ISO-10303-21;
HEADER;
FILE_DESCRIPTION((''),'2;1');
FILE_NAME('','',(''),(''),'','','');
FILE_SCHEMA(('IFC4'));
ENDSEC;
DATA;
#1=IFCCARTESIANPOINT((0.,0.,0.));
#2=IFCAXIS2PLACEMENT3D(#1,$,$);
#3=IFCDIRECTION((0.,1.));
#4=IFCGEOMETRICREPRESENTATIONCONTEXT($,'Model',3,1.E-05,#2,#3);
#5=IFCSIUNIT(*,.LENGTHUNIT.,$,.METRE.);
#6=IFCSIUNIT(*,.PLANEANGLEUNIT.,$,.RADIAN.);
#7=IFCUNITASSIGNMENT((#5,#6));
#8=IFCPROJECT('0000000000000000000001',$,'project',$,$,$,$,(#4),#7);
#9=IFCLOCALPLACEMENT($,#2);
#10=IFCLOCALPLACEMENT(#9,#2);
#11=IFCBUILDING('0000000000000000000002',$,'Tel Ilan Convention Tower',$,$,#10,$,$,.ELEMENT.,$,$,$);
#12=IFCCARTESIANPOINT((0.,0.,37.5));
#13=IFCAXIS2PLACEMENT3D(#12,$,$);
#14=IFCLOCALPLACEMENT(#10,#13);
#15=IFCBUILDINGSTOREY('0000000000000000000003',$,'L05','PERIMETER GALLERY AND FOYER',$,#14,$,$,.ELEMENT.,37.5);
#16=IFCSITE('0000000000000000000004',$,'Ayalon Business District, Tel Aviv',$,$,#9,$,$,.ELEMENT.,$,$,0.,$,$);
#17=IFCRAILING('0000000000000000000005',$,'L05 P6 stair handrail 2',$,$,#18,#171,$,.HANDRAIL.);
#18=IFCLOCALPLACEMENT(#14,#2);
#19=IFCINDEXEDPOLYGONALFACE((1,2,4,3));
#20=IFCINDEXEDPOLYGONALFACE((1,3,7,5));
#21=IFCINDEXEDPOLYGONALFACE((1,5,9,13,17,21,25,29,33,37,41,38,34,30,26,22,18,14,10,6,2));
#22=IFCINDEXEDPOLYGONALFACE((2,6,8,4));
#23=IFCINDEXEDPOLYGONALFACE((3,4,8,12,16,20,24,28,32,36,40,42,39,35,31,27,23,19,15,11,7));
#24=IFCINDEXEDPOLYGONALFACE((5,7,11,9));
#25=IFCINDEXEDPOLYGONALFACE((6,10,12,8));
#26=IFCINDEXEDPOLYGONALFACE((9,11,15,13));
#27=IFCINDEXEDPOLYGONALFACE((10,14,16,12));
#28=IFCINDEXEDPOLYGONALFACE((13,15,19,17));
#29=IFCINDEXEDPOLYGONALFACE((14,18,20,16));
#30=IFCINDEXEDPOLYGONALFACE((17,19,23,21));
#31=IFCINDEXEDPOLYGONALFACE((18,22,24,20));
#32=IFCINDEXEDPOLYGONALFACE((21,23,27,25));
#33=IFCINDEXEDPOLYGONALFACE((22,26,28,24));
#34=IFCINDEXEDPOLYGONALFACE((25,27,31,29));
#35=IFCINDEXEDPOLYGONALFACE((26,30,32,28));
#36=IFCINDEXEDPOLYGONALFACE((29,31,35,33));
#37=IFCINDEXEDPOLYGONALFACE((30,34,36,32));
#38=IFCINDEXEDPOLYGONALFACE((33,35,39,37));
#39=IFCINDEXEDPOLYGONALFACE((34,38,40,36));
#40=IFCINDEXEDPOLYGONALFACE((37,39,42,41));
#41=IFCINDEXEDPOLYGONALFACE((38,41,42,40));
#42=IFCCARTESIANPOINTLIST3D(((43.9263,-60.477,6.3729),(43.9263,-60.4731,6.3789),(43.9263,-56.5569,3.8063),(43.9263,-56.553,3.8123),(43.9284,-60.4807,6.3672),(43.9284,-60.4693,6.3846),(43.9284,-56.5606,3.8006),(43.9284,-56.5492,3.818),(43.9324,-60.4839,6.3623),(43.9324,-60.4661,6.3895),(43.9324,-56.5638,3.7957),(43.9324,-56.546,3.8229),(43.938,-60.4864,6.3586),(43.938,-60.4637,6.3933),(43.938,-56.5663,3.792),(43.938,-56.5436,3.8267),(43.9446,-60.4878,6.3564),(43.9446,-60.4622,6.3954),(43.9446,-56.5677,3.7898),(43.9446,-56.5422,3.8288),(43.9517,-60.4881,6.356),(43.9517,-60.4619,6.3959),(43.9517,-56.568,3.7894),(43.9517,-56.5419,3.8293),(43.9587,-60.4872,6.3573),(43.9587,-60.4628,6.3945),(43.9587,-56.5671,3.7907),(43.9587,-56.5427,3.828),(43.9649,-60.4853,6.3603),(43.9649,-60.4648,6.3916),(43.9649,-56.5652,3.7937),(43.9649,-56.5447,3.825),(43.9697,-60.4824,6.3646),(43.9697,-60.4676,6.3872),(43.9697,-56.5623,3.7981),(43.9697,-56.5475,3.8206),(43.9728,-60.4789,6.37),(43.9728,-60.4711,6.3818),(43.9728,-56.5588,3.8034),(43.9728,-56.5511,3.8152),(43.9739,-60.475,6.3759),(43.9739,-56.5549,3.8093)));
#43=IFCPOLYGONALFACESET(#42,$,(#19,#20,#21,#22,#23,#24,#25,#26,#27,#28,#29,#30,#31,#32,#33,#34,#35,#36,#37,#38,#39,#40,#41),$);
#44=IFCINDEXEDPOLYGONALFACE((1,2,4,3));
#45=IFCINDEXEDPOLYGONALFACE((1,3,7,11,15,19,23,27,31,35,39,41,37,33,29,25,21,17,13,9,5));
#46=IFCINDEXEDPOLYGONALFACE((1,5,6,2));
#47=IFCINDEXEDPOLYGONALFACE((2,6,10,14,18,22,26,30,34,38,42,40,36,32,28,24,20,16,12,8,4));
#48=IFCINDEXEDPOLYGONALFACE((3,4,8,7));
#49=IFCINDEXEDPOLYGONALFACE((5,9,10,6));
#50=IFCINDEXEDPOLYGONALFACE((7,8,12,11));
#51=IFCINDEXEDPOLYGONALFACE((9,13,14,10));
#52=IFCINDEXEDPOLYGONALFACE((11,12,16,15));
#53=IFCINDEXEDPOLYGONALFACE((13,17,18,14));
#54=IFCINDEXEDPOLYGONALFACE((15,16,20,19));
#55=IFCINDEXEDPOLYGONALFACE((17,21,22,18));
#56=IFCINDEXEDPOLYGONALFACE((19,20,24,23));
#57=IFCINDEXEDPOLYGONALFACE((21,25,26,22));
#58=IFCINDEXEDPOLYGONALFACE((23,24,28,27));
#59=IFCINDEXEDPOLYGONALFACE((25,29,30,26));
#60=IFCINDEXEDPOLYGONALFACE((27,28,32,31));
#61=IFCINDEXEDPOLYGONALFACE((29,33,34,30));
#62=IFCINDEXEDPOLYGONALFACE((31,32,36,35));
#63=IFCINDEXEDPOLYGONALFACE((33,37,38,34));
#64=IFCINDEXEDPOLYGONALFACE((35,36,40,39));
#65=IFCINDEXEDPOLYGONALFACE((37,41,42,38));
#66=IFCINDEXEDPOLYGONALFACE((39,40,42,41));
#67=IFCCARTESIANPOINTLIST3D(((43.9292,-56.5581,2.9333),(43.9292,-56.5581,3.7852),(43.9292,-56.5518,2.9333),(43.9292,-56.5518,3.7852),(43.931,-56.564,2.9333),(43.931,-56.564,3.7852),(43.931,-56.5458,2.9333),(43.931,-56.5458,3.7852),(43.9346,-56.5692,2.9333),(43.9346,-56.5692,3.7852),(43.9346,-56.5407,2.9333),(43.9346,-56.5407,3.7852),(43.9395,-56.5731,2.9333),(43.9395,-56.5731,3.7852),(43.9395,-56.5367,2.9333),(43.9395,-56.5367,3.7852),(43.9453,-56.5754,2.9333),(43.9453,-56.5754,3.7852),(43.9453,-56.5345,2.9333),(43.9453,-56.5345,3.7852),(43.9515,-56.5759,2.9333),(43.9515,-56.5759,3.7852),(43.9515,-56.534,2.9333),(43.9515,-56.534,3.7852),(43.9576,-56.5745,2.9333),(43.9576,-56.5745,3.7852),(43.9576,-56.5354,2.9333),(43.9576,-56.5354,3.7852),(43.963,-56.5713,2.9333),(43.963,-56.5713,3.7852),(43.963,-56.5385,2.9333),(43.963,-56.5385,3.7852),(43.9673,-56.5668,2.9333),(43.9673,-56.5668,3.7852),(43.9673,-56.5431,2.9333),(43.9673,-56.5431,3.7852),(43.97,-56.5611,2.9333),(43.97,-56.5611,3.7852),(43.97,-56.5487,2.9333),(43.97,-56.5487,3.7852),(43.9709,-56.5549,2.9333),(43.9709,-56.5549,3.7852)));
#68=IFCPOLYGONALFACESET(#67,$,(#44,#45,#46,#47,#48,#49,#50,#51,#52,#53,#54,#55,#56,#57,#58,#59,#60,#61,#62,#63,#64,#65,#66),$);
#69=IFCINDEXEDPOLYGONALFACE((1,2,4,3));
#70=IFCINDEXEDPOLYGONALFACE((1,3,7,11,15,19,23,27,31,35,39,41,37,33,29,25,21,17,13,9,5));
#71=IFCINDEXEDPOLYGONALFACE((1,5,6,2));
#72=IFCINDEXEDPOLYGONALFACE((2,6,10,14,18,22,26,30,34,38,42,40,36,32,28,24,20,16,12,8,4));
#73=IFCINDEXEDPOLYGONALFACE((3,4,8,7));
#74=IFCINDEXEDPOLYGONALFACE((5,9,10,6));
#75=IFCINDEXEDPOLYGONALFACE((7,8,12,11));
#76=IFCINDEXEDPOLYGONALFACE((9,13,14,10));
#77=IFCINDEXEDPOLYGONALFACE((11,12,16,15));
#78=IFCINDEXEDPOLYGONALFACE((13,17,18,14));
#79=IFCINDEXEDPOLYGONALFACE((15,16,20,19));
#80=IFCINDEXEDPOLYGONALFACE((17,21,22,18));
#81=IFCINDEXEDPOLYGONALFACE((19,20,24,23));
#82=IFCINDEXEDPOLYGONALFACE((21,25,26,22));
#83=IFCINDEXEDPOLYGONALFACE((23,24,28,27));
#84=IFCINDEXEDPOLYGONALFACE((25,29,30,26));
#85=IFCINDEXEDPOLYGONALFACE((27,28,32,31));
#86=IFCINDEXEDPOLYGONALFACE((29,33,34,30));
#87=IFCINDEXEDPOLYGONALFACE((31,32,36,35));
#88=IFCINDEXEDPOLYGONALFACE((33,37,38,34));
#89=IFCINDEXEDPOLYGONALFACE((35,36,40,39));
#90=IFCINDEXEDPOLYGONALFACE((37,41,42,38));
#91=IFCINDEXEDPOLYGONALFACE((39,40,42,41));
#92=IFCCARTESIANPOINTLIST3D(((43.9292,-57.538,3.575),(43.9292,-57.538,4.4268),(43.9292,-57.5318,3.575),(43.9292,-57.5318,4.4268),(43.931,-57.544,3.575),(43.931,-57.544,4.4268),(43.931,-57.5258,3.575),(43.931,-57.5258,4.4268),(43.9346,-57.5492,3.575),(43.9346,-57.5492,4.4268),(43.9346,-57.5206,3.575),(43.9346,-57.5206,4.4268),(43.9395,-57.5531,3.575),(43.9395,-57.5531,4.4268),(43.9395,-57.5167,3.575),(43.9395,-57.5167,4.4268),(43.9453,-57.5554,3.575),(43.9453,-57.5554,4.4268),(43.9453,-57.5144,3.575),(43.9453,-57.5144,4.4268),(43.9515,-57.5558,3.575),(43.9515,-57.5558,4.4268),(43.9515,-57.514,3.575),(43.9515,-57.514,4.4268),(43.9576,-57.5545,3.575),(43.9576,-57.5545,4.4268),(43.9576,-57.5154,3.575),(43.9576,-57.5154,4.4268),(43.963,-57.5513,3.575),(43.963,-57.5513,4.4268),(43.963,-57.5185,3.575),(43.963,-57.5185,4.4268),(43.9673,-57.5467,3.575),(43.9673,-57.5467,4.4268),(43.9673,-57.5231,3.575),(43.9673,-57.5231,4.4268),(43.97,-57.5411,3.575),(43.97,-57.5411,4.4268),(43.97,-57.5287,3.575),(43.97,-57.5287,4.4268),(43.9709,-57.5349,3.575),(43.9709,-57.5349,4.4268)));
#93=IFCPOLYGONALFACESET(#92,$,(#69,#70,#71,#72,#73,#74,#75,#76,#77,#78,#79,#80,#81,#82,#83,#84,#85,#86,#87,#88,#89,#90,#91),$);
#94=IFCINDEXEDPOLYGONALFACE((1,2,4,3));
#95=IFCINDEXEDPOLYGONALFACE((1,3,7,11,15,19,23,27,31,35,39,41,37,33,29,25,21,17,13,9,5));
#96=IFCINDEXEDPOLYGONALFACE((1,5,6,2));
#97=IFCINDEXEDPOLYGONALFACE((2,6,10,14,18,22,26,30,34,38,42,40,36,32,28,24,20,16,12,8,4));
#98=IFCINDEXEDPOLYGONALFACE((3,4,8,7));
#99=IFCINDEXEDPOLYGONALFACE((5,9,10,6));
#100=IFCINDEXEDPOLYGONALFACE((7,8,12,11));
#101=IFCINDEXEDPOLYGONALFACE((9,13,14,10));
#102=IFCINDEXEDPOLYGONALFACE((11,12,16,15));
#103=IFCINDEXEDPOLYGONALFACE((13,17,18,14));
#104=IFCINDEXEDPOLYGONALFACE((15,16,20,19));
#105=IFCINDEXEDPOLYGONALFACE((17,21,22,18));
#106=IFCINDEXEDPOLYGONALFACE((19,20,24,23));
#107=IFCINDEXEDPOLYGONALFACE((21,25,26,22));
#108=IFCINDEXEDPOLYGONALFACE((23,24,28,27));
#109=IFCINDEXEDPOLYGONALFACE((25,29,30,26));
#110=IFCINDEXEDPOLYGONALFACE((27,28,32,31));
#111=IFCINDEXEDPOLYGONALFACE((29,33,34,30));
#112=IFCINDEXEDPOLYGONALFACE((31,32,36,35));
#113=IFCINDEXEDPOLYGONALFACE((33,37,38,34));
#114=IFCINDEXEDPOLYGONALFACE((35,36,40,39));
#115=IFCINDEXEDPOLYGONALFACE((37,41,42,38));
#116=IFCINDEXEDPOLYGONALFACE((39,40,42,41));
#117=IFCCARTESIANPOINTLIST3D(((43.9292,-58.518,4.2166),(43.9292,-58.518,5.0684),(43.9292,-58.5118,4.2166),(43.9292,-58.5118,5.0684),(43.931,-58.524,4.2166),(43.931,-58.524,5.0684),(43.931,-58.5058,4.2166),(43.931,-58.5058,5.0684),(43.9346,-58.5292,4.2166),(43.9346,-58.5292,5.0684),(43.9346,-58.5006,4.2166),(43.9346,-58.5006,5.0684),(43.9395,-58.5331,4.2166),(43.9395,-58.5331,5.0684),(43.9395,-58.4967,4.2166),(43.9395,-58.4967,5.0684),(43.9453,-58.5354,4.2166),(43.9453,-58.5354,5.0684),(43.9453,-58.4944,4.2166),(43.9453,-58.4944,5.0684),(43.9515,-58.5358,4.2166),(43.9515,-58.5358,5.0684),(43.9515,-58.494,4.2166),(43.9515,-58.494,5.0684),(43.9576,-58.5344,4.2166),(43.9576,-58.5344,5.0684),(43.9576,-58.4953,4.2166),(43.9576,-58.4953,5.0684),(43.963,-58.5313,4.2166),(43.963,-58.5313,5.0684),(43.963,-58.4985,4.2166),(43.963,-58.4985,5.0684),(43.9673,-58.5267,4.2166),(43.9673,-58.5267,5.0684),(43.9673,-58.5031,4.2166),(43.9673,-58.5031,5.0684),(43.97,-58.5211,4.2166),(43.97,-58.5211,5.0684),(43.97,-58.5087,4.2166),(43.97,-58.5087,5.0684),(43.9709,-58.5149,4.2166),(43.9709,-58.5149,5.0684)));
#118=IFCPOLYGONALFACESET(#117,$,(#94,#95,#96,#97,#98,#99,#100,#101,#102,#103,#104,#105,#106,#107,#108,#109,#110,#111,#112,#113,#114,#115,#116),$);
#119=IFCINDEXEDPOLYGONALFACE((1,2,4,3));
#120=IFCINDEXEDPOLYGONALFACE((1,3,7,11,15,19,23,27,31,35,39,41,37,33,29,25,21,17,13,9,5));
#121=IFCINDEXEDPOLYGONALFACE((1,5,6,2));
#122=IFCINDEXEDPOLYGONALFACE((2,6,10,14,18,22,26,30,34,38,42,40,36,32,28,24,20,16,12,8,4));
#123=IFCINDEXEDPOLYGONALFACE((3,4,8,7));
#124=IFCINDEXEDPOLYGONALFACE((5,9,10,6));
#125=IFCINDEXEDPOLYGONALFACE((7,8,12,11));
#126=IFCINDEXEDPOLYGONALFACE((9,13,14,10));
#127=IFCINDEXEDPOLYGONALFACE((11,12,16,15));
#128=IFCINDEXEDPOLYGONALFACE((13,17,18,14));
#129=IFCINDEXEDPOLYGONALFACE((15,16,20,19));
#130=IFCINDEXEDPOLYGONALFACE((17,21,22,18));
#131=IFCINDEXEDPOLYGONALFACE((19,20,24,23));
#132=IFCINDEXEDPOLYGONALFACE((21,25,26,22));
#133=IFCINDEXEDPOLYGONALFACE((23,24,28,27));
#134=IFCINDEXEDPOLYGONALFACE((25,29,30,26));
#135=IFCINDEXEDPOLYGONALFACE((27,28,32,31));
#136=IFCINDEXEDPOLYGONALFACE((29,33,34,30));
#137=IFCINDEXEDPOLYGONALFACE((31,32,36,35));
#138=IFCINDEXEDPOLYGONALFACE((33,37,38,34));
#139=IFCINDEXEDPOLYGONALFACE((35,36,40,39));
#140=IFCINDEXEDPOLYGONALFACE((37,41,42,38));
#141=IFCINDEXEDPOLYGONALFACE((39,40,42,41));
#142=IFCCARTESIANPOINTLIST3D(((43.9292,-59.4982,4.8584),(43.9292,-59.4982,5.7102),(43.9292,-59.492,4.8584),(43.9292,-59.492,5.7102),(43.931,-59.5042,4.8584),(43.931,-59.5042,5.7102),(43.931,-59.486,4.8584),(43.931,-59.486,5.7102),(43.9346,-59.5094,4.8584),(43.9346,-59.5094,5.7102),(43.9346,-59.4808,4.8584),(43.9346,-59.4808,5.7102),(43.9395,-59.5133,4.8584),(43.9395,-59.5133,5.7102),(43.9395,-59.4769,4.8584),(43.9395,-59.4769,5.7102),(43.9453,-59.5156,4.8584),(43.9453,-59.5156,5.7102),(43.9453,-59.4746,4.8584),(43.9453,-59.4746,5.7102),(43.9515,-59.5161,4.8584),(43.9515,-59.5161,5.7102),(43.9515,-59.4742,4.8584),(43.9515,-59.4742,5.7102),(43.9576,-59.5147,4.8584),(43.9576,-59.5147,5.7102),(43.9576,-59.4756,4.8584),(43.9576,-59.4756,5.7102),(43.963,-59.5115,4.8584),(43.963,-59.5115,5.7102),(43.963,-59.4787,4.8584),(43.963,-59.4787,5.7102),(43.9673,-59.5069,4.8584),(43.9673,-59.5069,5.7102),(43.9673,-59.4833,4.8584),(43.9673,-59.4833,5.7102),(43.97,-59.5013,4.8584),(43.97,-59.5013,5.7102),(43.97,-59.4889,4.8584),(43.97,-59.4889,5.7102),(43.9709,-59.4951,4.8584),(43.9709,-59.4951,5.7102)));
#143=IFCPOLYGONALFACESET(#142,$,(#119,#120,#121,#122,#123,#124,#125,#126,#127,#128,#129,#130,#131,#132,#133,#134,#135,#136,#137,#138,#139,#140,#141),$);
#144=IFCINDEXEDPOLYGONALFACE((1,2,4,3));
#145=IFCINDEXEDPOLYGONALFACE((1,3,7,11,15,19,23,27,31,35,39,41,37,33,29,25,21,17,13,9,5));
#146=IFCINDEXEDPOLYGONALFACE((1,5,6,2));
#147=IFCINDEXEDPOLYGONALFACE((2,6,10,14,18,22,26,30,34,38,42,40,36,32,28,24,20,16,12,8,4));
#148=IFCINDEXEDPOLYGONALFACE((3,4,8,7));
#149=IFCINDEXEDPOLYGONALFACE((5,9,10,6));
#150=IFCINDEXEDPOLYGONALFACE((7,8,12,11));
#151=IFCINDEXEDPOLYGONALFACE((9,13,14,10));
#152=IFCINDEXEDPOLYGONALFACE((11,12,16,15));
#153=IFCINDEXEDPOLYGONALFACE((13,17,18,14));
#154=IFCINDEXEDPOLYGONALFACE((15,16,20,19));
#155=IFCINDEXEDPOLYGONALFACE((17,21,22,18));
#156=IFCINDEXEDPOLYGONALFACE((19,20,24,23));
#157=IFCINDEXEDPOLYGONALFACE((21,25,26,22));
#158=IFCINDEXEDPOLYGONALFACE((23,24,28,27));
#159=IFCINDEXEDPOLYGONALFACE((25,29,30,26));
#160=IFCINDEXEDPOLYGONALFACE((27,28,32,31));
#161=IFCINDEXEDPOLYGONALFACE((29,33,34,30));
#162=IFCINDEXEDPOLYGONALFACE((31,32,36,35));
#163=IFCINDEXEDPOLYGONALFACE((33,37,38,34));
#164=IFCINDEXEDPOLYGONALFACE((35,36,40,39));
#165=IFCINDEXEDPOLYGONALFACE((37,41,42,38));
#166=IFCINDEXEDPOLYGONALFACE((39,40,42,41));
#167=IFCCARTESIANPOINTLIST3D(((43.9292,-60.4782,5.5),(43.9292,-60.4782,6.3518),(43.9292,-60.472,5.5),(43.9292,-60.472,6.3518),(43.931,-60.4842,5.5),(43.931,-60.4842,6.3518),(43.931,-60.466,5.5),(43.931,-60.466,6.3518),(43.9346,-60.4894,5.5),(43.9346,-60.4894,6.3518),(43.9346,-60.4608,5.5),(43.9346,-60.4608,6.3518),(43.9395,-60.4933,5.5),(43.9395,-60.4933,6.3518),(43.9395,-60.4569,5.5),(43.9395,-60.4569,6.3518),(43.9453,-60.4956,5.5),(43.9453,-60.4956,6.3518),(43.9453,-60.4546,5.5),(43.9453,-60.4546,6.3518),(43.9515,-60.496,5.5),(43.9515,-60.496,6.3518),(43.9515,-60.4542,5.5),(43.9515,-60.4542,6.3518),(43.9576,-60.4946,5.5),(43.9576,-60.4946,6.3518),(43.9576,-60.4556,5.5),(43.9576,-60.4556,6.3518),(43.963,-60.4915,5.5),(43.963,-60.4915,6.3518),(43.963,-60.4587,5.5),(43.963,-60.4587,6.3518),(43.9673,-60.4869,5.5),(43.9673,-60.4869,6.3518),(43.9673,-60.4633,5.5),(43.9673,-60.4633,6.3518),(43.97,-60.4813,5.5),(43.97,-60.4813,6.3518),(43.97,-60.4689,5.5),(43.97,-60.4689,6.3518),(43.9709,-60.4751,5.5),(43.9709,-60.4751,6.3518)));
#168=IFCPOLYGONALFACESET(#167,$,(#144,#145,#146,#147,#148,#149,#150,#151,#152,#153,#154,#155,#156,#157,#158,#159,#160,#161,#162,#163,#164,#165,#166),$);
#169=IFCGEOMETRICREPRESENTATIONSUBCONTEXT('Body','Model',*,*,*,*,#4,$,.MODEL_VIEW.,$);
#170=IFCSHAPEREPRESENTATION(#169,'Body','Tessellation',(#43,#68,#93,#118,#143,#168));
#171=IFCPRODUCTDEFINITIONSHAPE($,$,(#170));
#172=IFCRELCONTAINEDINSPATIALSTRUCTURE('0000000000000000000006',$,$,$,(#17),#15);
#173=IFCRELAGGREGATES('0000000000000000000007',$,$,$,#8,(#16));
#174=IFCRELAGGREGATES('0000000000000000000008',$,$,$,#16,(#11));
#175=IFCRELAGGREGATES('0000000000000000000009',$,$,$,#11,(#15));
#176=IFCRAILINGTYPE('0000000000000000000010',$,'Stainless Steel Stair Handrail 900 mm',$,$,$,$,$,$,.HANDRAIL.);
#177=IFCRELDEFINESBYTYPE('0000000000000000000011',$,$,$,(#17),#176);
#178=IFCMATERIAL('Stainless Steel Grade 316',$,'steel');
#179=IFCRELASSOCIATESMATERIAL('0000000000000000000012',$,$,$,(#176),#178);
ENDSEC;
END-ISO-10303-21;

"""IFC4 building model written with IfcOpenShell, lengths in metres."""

from ifc_helpers import new_model, si_unit, direction, frame, origin, origin_2d, place, context, subcontext, project, spatial, circle, extrude, material, type_object, element, save


model = new_model("IFC4")

# Units and contexts
model_context = context("Model", 3, precision=1e-05, world=origin(), true_north=direction((0.0, 1.0)))
body_context = subcontext(model_context, "Body", "Model", "MODEL_VIEW")
ifc_project = project(units=[si_unit("LENGTHUNIT", "METRE"), si_unit("PLANEANGLEUNIT", "RADIAN")], contexts=[model_context])

# Site, building, storey
site_placement = place(None, origin())
site = spatial("IfcSite", under=ifc_project, at=site_placement, Name="Ayalon Business District, Tel Aviv", CompositionType="ELEMENT", RefElevation=0.0)
building_placement = place(site_placement, origin())
building = spatial("IfcBuilding", under=site, at=building_placement, Name="Tel Ilan Convention Tower", CompositionType="ELEMENT")
storey_placement = place(building_placement, frame((0.0, 0.0, 37.5)))
storey = spatial("IfcBuildingStorey", under=building, at=storey_placement, Name="L05", Description="PERIMETER GALLERY AND FOYER", CompositionType="ELEMENT", Elevation=37.5)

# Railing
ifc_material_1 = material(Name="Stainless Steel Grade 316", Category="steel")
railing_type_1 = type_object("IfcRailingType", Name="Stainless Steel Stair Handrail 900 mm", PredefinedType="HANDRAIL", material=ifc_material_1)
railing_1_placement = place(storey_placement, frame((43.95, -56.5549, 2.9333)))
element("IfcRailing", 1, at=railing_1_placement, inside=storey, type_object=railing_type_1, Name="L05 P6 stair handrail 2", PredefinedType="HANDRAIL", context=body_context, shape_type="SweptSolid", body=[
    extrude(circle(Radius=0.0239, at=origin_2d()), frame((0.0, 0.0, 0.876), z_axis=(0.0, -0.836631, 0.547767), x_axis=(1.0, 0.0, 0.0)), (0.0, 0.0, 1.0), 4.6855),
    extrude(circle(Radius=0.021, at=origin_2d()), origin(), (0.0, 0.0, 1.0), 0.8518),
    extrude(circle(Radius=0.021, at=origin_2d()), frame((0.0, -0.98, 0.6416)), (0.0, 0.0, 1.0), 0.8518),
    extrude(circle(Radius=0.021, at=origin_2d()), frame((0.0, -1.96, 1.2832)), (0.0, 0.0, 1.0), 0.8518),
    extrude(circle(Radius=0.021, at=origin_2d()), frame((0.0, -2.9402, 1.925)), (0.0, 0.0, 1.0), 0.8518),
    extrude(circle(Radius=0.021, at=origin_2d()), frame((0.0, -3.9202, 2.5667)), (0.0, 0.0, 1.0), 0.8518),
])

save(model, "model.ifc")
